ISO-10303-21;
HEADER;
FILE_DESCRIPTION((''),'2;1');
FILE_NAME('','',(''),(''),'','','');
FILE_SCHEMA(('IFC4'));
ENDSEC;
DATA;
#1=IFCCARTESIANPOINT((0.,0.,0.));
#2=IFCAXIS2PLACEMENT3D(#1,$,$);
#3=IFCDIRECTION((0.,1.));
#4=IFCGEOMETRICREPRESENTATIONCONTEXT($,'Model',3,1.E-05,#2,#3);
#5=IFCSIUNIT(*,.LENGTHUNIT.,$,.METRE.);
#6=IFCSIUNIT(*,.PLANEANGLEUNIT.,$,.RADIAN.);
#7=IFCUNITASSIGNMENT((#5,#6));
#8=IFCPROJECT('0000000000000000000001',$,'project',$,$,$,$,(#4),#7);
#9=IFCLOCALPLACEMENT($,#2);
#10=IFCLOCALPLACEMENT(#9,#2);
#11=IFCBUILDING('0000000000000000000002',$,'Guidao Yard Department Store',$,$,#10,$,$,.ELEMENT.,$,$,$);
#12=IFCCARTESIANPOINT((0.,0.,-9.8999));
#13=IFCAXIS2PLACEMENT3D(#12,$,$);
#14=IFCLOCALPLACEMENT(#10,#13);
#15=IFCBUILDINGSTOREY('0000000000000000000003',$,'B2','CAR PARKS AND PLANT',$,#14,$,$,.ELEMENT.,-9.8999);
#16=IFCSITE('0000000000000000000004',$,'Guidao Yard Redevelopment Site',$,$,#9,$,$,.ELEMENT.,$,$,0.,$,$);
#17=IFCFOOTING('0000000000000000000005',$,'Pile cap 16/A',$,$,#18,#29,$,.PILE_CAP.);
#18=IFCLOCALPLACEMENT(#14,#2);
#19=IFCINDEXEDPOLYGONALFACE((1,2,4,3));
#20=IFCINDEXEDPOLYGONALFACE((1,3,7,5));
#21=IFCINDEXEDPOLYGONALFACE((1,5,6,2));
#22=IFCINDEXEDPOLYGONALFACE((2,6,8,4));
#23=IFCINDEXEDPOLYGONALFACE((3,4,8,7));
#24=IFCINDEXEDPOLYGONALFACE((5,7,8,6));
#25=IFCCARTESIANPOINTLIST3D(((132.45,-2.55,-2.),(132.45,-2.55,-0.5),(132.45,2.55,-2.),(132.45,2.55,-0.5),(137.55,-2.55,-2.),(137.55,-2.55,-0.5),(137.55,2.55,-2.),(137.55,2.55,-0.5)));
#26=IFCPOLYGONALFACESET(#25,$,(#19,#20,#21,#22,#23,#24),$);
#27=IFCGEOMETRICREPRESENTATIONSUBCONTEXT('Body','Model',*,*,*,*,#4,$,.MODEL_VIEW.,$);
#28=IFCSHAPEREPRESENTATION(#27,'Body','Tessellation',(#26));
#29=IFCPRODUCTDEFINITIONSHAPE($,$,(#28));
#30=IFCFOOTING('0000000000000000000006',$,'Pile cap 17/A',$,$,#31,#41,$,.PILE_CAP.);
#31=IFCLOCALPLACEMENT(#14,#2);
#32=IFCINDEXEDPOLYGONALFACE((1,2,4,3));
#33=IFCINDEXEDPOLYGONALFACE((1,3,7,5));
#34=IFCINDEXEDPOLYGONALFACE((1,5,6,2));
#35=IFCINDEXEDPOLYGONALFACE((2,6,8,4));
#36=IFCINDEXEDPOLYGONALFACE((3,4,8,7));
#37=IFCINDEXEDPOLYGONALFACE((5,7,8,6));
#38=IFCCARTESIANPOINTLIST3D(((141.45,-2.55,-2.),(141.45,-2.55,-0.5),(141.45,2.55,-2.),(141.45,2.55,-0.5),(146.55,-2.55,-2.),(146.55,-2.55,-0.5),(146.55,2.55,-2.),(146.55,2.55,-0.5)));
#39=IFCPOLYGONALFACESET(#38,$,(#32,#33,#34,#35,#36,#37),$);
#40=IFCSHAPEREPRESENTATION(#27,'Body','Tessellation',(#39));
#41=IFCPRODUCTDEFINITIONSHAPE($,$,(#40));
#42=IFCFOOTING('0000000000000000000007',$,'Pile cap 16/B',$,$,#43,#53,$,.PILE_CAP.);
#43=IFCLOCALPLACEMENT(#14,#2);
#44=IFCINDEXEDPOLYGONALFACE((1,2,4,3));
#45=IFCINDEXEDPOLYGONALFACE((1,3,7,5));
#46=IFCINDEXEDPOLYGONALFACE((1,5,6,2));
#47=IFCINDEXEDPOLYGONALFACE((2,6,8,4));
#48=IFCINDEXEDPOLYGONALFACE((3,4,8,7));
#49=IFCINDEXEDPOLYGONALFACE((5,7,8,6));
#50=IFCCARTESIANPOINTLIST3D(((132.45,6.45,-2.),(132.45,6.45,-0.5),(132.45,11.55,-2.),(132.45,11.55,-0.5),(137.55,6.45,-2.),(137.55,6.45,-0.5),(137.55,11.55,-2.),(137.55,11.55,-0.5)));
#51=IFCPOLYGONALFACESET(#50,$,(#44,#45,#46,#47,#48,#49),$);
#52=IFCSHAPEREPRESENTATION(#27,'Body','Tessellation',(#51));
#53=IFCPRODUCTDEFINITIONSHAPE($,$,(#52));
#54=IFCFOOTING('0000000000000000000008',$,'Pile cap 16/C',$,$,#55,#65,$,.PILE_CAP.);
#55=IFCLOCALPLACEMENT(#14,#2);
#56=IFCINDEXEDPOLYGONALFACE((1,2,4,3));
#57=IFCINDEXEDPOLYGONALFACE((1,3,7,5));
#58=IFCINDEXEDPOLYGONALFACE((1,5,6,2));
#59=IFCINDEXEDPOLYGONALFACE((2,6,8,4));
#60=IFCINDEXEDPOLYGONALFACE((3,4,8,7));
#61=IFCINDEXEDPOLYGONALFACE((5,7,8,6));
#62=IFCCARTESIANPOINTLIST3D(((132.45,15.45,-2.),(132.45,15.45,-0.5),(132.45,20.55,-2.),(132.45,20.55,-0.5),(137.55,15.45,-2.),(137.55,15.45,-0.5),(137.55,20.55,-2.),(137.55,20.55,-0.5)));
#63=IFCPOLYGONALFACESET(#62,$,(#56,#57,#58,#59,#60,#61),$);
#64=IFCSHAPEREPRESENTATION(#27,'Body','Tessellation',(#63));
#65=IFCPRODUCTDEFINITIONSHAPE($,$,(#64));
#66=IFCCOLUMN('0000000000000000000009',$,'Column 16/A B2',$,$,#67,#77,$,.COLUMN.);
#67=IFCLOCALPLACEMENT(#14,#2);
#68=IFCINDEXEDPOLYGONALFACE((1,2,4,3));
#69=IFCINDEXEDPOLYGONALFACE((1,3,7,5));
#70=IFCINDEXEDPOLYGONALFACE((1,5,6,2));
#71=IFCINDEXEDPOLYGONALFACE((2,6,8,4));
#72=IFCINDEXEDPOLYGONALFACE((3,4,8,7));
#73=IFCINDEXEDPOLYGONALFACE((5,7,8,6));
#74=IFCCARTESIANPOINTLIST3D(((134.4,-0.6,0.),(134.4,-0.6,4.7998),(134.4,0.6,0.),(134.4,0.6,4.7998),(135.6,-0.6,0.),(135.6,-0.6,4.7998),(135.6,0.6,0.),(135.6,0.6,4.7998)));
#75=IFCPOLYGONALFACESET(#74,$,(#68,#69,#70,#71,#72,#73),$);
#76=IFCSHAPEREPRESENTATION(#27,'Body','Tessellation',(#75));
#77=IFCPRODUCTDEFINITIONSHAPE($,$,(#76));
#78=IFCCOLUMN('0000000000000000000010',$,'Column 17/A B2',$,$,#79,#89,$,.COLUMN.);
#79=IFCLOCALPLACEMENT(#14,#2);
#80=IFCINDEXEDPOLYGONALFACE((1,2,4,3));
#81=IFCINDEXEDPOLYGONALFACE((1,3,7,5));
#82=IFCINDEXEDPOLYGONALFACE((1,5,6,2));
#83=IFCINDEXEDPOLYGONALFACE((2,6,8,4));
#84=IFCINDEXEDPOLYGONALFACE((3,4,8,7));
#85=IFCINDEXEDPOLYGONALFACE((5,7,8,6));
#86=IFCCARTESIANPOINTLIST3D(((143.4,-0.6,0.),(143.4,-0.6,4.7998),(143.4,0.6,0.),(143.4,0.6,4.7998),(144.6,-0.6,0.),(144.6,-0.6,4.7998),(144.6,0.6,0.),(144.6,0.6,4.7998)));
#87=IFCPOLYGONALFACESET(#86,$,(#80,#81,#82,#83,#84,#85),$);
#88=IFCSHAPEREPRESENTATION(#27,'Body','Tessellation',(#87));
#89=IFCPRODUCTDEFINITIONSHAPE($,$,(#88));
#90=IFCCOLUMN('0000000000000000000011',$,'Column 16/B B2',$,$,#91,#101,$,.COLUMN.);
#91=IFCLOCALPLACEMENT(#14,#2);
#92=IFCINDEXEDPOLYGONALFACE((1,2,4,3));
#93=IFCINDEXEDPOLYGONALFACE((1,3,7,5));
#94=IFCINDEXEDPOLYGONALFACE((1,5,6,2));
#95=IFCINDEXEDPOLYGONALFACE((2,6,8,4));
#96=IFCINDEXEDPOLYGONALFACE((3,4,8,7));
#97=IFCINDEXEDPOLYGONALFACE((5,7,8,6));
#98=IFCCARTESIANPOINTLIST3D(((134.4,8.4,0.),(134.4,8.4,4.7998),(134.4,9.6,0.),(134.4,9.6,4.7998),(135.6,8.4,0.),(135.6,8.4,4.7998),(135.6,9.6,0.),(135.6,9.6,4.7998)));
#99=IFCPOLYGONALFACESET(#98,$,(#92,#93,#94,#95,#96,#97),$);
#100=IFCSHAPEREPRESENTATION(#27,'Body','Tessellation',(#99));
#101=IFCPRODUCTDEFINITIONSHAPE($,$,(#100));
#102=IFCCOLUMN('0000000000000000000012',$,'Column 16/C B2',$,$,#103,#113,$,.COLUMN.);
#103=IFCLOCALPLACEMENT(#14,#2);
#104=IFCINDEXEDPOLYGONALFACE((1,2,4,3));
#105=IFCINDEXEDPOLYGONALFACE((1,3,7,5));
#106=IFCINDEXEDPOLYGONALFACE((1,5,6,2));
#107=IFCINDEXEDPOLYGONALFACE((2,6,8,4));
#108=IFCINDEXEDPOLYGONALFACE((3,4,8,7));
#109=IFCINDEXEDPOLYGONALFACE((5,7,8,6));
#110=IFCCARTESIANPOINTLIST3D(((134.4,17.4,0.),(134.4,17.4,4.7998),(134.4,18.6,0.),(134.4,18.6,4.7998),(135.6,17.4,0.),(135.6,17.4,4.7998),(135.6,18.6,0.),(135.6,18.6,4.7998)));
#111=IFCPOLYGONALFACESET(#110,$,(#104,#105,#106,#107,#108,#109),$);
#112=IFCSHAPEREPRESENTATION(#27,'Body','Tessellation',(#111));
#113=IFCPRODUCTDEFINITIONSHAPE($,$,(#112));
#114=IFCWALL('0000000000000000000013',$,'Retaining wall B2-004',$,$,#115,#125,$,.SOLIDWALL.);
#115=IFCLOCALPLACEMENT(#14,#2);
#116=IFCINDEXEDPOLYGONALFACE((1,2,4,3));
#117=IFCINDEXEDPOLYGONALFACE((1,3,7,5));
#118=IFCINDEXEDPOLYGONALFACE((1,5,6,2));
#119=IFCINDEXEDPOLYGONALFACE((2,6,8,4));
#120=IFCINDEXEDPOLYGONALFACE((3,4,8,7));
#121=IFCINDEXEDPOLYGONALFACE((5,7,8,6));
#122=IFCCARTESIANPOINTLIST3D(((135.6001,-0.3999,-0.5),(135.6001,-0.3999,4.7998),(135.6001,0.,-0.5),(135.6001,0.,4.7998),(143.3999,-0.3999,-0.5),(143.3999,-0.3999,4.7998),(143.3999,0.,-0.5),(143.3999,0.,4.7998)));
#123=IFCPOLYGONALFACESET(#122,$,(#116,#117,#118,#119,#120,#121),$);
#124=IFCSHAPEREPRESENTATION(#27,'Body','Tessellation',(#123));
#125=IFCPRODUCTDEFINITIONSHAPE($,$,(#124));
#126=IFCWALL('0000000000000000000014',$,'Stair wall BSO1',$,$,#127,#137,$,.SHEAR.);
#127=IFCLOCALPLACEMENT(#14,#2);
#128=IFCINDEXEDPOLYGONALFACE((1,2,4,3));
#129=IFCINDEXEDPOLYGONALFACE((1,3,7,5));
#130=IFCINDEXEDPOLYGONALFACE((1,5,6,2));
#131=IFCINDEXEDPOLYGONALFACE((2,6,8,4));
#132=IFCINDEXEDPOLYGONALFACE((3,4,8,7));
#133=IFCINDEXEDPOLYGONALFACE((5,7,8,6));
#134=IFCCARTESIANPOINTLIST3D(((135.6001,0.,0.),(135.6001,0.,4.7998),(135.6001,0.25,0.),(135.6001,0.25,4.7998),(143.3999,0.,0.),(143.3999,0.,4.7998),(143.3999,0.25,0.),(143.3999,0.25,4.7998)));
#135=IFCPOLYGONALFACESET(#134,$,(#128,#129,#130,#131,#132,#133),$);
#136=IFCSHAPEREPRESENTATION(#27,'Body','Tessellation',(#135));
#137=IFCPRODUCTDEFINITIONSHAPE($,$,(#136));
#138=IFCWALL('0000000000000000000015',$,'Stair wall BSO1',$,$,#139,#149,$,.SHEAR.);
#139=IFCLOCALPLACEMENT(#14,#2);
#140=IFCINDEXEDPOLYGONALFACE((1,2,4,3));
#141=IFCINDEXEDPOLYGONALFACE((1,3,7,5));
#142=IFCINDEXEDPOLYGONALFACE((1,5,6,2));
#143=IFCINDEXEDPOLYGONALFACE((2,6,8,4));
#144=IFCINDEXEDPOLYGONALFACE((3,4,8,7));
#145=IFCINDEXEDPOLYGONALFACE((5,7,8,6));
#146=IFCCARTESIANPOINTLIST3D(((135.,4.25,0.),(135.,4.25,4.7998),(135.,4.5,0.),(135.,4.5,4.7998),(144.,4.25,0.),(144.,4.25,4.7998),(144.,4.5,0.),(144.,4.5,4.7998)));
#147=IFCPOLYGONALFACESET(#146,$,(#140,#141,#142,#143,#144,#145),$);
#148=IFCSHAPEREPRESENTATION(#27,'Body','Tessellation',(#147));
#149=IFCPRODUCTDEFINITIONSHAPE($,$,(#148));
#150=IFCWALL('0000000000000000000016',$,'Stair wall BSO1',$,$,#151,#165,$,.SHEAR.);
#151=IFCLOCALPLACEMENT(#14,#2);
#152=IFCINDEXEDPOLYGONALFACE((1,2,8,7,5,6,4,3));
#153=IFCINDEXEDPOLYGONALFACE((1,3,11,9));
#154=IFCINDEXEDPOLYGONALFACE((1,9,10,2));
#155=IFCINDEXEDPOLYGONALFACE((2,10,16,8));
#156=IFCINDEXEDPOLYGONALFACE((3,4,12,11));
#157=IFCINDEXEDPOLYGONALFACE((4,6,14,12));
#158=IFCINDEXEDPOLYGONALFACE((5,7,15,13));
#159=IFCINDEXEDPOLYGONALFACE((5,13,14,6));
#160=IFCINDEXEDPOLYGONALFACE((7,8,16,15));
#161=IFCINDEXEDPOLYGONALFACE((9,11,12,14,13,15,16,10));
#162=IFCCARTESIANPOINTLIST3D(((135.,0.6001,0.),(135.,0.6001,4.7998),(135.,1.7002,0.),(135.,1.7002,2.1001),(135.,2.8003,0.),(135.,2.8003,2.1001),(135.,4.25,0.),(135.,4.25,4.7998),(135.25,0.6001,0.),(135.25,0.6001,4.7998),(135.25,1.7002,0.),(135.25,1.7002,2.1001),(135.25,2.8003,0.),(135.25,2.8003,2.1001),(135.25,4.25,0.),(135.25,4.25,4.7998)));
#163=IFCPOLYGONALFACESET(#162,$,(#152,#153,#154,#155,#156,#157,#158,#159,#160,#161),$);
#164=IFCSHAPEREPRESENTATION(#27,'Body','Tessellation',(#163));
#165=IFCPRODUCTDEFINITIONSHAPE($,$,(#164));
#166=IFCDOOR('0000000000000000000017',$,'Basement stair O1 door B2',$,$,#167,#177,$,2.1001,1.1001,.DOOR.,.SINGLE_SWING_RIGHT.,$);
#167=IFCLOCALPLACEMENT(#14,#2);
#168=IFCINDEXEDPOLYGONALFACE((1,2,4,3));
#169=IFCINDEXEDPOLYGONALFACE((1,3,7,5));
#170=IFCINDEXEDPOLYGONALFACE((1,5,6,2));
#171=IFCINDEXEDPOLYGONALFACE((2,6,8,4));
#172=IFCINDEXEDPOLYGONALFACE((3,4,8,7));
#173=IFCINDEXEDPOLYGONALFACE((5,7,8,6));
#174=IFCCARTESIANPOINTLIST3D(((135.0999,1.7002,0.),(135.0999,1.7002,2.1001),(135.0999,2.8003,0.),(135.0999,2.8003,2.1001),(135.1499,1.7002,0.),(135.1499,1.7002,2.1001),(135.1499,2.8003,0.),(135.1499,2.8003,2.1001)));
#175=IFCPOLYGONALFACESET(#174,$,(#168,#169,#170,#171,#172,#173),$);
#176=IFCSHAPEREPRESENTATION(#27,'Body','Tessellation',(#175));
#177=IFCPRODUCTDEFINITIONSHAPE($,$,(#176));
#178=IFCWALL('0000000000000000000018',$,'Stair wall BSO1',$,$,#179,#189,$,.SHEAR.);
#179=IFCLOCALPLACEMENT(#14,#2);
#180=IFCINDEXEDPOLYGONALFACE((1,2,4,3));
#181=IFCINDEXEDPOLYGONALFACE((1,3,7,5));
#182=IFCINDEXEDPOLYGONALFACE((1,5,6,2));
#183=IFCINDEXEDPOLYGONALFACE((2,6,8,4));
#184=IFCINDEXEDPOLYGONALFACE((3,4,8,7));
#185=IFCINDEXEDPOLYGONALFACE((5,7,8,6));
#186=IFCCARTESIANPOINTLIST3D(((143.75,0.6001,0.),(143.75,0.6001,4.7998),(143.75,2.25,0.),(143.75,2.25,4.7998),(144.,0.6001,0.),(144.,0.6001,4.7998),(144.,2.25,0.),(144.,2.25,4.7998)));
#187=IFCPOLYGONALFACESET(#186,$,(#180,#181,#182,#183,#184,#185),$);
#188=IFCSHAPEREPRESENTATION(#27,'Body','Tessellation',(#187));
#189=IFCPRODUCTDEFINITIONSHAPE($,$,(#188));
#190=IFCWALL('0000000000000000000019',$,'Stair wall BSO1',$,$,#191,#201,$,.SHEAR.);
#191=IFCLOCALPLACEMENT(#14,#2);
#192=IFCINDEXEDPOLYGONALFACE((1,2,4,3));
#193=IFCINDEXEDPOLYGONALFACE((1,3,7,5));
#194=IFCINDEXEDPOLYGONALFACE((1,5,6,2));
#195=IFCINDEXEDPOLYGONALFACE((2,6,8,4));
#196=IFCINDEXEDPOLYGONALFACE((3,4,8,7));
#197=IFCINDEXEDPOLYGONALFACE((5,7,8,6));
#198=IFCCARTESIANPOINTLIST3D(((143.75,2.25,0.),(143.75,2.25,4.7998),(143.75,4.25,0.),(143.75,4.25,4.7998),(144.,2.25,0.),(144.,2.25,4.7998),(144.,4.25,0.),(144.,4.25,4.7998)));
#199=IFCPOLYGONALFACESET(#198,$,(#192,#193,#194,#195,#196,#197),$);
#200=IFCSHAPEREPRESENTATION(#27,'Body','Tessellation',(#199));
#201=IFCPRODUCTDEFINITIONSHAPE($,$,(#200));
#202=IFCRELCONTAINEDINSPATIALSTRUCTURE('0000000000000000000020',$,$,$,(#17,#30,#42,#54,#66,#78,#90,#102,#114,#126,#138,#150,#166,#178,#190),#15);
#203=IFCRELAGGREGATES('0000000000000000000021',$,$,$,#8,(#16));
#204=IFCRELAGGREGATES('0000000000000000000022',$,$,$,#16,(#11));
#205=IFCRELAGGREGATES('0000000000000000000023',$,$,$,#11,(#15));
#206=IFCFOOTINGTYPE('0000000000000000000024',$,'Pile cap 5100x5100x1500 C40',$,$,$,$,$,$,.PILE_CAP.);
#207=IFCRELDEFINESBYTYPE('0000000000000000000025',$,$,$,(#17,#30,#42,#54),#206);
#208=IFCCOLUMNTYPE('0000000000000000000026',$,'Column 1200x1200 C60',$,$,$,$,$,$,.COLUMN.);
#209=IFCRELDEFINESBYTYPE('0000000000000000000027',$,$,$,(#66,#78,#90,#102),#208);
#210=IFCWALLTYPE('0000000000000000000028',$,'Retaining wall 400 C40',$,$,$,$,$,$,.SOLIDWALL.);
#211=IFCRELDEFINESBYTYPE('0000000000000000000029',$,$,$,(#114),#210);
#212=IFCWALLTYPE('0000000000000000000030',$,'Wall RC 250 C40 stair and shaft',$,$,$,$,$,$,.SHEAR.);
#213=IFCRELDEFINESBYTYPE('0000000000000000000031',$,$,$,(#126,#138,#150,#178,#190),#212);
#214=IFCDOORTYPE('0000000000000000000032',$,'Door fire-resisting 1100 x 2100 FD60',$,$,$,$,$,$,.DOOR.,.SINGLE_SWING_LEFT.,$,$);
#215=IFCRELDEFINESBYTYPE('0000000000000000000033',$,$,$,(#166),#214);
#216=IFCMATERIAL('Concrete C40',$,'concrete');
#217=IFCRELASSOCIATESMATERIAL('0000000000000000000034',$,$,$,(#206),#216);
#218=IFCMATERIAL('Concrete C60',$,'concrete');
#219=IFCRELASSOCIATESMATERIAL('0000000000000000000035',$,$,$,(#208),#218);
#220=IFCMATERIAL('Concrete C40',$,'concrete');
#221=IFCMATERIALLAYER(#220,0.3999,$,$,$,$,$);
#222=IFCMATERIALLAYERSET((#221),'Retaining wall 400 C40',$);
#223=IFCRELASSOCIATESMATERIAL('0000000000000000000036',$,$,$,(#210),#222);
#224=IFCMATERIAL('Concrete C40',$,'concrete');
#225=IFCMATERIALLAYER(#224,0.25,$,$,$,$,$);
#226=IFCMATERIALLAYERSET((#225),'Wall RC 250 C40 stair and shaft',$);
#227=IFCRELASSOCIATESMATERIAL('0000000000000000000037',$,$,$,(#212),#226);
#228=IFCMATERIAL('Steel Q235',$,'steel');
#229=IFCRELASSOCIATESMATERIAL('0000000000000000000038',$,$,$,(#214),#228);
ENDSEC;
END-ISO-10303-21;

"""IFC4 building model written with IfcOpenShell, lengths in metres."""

from ifc_helpers import new_model, si_unit, direction, frame, frame_2d, origin, origin_2d, place, context, subcontext, project, spatial, rectangle, extrude, material, layer, layer_set, material_profile, profile_set, type_object, element, fill, save


model = new_model("IFC4")

# Units and contexts
model_context = context("Model", 3, precision=1e-05, world=origin(), true_north=direction((0.0, 1.0)))
body_context = subcontext(model_context, "Body", "Model", "MODEL_VIEW")
ifc_project = project(units=[si_unit("LENGTHUNIT", "METRE"), si_unit("PLANEANGLEUNIT", "RADIAN")], contexts=[model_context])

# Site, building, storey
site_placement = place(None, origin())
site = spatial("IfcSite", under=ifc_project, at=site_placement, Name="Guidao Yard Redevelopment Site", CompositionType="ELEMENT", RefElevation=0.0)
building_placement = place(site_placement, origin())
building = spatial("IfcBuilding", under=site, at=building_placement, Name="Guidao Yard Department Store", CompositionType="ELEMENT")
storey_placement = place(building_placement, frame((0.0, 0.0, -9.8999)))
storey = spatial("IfcBuildingStorey", under=building, at=storey_placement, Name="B2", Description="CAR PARKS AND PLANT", CompositionType="ELEMENT", Elevation=-9.8999)

# Footings
ifc_material_1 = material(Name="Concrete C40", Category="concrete")
footing_type = type_object("IfcFootingType", Name="Pile cap 5100x5100x1500 C40", PredefinedType="PILE_CAP", material=ifc_material_1)
for number, where, z_axis, x_axis, name in (
    (1, (135.0, 0.0, -2.0), (0.0, 0.0, 1.0), (1.0, 0.0, 0.0), "Pile cap 16/A"),
    (2, (144.0, 0.0, -2.0), (0.0, 0.0, 1.0), (1.0, 0.0, 0.0), "Pile cap 17/A"),
    (3, (135.0, 9.0, -2.0), (0.0, 0.0, 1.0), (1.0, 0.0, 0.0), "Pile cap 16/B"),
    (4, (135.0, 18.0, -2.0), (0.0, 0.0, 1.0), (1.0, 0.0, 0.0), "Pile cap 16/C"),
):
    element("IfcFooting", number, at=place(storey_placement, frame(where, z_axis=z_axis, x_axis=x_axis)), inside=storey, type_object=footing_type, Name=name, PredefinedType="PILE_CAP", context=body_context, shape_type="SweptSolid", body=[
        extrude(rectangle(XDim=5.1001, YDim=5.1001, at=origin_2d()), origin(), (0.0, 0.0, 1.0), 1.5),
    ])

# Columns
ifc_material_2 = material(Name="Concrete C60", Category="concrete")
ifc_material_profile_1 = material_profile(ifc_material_2, rectangle(XDim=1.2, YDim=1.2, at=origin_2d()), Name="COL 1200x1200")
ifc_profile_set_1 = profile_set([ifc_material_profile_1], Name="Concrete C60")
column_type = type_object("IfcColumnType", Name="Column 1200x1200 C60", PredefinedType="COLUMN", material=ifc_profile_set_1)
for number, where, z_axis, x_axis, name in (
    (5, (135.0, 0.0, 0.0), (0.0, 0.0, 1.0), (1.0, 0.0, 0.0), "Column 16/A B2"),
    (6, (144.0, 0.0, 0.0), (0.0, 0.0, 1.0), (1.0, 0.0, 0.0), "Column 17/A B2"),
    (7, (135.0, 9.0, 0.0), (0.0, 0.0, 1.0), (1.0, 0.0, 0.0), "Column 16/B B2"),
    (8, (135.0, 18.0, 0.0), (0.0, 0.0, 1.0), (1.0, 0.0, 0.0), "Column 16/C B2"),
):
    element("IfcColumn", number, at=place(storey_placement, frame(where, z_axis=z_axis, x_axis=x_axis)), inside=storey, type_object=column_type, Name=name, PredefinedType="COLUMN", context=body_context, shape_type="SweptSolid", body=[
        extrude(rectangle(XDim=1.2, YDim=1.2, at=origin_2d()), origin(), (0.0, 0.0, 1.0), 4.7998),
    ])

# Wall
ifc_material_3 = material(Name="Concrete C40", Category="concrete")
ifc_layer_1 = layer(ifc_material_3, 0.3999)
ifc_layer_set_1 = layer_set([ifc_layer_1], Name="Retaining wall 400 C40")
wall_type_1 = type_object("IfcWallType", Name="Retaining wall 400 C40", PredefinedType="SOLIDWALL", material=ifc_layer_set_1)
wall_1_placement = place(storey_placement, frame((135.6001, -0.2, -0.5), z_axis=(0.0, 0.0, 1.0), x_axis=(1.0, 0.0, 0.0)))
element("IfcWall", 9, at=wall_1_placement, inside=storey, type_object=wall_type_1, Name="Retaining wall B2-004", PredefinedType="SOLIDWALL", context=body_context, shape_type="SweptSolid", body=[
    extrude(rectangle(XDim=7.7998, YDim=0.3999, at=frame_2d((3.8999, 0.0))), origin(), (0.0, 0.0, 1.0), 5.2998),
])

# Walls
ifc_material_4 = material(Name="Concrete C40", Category="concrete")
ifc_layer_2 = layer(ifc_material_4, 0.25)
ifc_layer_set_2 = layer_set([ifc_layer_2], Name="Wall RC 250 C40 stair and shaft")
wall_type_2 = type_object("IfcWallType", Name="Wall RC 250 C40 stair and shaft", PredefinedType="SHEAR", material=ifc_layer_set_2)
wall_2_placement = place(storey_placement, frame((135.6001, 0.125, 0.0), z_axis=(0.0, 0.0, 1.0), x_axis=(1.0, 0.0, 0.0)))
element("IfcWall", 10, at=wall_2_placement, inside=storey, type_object=wall_type_2, Name="Stair wall BSO1", PredefinedType="SHEAR", context=body_context, shape_type="SweptSolid", body=[
    extrude(rectangle(XDim=7.7998, YDim=0.25, at=frame_2d((3.8999, 0.0))), origin(), (0.0, 0.0, 1.0), 4.7998),
])
wall_3_placement = place(storey_placement, frame((135.0, 4.375, 0.0), z_axis=(0.0, 0.0, 1.0), x_axis=(1.0, 0.0, 0.0)))
element("IfcWall", 11, at=wall_3_placement, inside=storey, type_object=wall_type_2, Name="Stair wall BSO1", PredefinedType="SHEAR", context=body_context, shape_type="SweptSolid", body=[
    extrude(rectangle(XDim=9.0, YDim=0.25, at=frame_2d((4.5, 0.0))), origin(), (0.0, 0.0, 1.0), 4.7998),
])

# Wall, opening, door
wall_4_placement = place(storey_placement, frame((135.125, 0.6001, 0.0), z_axis=(0.0, 0.0, 1.0), x_axis=(0.0, 1.0, 0.0)))
wall_4 = element("IfcWall", 12, at=wall_4_placement, inside=storey, type_object=wall_type_2, Name="Stair wall BSO1", PredefinedType="SHEAR", context=body_context, shape_type="SweptSolid", body=[
    extrude(rectangle(XDim=3.6499, YDim=0.25, at=frame_2d((1.825, 0.0))), origin(), (0.0, 0.0, 1.0), 4.7998),
])
opening_1_placement = place(wall_4_placement, frame((2.2002, 0.0, 0.0), z_axis=(0.0, 0.0, 1.0), x_axis=(-1.0, 0.0, 0.0)))
opening_1 = element("IfcOpeningElement", 13, at=opening_1_placement, cuts=wall_4, PredefinedType="OPENING", context=body_context, shape_type="SweptSolid", body=[
    extrude(rectangle(XDim=1.1001, YDim=2.1001, at=frame_2d((0.55, 1.05))), frame((0.0, 0.135, 0.0), z_axis=(0.0, -1.0, 0.0), x_axis=(1.0, 0.0, 0.0)), (0.0, 0.0, 1.0), 0.27),
])
ifc_material_5 = material(Name="Steel Q235", Category="steel")
door_type_1 = type_object("IfcDoorType", Name="Door fire-resisting 1100 x 2100 FD60", OperationType="SINGLE_SWING_LEFT", PredefinedType="DOOR", material=ifc_material_5)
door_1_placement = place(opening_1_placement, origin())
door_1 = element("IfcDoor", 14, at=door_1_placement, inside=storey, type_object=door_type_1, Name="Basement stair O1 door B2", OperationType="SINGLE_SWING_RIGHT", OverallHeight=2.1001, OverallWidth=1.1001, PredefinedType="DOOR", context=body_context, shape_type="SweptSolid", body=[
    extrude(rectangle(XDim=1.1001, YDim=2.1001, at=frame_2d((0.55, 1.05))), frame((0.0, 0.0249, 0.0), z_axis=(0.0, -1.0, 0.0), x_axis=(1.0, 0.0, 0.0)), (0.0, 0.0, 1.0), 0.05),
])
fill(opening_1, door_1)

# Walls
wall_5_placement = place(storey_placement, frame((143.875, 0.6001, 0.0), z_axis=(0.0, 0.0, 1.0), x_axis=(0.0, 1.0, 0.0)))
element("IfcWall", 15, at=wall_5_placement, inside=storey, type_object=wall_type_2, Name="Stair wall BSO1", PredefinedType="SHEAR", context=body_context, shape_type="SweptSolid", body=[
    extrude(rectangle(XDim=1.6499, YDim=0.25, at=frame_2d((0.825, 0.0))), origin(), (0.0, 0.0, 1.0), 4.7998),
])
wall_6_placement = place(storey_placement, frame((143.875, 2.25, 0.0), z_axis=(0.0, 0.0, 1.0), x_axis=(0.0, 1.0, 0.0)))
element("IfcWall", 16, at=wall_6_placement, inside=storey, type_object=wall_type_2, Name="Stair wall BSO1", PredefinedType="SHEAR", context=body_context, shape_type="SweptSolid", body=[
    extrude(rectangle(XDim=2.0, YDim=0.25, at=frame_2d((1.0, 0.0))), origin(), (0.0, 0.0, 1.0), 4.7998),
])

save(model, "model.ifc")
